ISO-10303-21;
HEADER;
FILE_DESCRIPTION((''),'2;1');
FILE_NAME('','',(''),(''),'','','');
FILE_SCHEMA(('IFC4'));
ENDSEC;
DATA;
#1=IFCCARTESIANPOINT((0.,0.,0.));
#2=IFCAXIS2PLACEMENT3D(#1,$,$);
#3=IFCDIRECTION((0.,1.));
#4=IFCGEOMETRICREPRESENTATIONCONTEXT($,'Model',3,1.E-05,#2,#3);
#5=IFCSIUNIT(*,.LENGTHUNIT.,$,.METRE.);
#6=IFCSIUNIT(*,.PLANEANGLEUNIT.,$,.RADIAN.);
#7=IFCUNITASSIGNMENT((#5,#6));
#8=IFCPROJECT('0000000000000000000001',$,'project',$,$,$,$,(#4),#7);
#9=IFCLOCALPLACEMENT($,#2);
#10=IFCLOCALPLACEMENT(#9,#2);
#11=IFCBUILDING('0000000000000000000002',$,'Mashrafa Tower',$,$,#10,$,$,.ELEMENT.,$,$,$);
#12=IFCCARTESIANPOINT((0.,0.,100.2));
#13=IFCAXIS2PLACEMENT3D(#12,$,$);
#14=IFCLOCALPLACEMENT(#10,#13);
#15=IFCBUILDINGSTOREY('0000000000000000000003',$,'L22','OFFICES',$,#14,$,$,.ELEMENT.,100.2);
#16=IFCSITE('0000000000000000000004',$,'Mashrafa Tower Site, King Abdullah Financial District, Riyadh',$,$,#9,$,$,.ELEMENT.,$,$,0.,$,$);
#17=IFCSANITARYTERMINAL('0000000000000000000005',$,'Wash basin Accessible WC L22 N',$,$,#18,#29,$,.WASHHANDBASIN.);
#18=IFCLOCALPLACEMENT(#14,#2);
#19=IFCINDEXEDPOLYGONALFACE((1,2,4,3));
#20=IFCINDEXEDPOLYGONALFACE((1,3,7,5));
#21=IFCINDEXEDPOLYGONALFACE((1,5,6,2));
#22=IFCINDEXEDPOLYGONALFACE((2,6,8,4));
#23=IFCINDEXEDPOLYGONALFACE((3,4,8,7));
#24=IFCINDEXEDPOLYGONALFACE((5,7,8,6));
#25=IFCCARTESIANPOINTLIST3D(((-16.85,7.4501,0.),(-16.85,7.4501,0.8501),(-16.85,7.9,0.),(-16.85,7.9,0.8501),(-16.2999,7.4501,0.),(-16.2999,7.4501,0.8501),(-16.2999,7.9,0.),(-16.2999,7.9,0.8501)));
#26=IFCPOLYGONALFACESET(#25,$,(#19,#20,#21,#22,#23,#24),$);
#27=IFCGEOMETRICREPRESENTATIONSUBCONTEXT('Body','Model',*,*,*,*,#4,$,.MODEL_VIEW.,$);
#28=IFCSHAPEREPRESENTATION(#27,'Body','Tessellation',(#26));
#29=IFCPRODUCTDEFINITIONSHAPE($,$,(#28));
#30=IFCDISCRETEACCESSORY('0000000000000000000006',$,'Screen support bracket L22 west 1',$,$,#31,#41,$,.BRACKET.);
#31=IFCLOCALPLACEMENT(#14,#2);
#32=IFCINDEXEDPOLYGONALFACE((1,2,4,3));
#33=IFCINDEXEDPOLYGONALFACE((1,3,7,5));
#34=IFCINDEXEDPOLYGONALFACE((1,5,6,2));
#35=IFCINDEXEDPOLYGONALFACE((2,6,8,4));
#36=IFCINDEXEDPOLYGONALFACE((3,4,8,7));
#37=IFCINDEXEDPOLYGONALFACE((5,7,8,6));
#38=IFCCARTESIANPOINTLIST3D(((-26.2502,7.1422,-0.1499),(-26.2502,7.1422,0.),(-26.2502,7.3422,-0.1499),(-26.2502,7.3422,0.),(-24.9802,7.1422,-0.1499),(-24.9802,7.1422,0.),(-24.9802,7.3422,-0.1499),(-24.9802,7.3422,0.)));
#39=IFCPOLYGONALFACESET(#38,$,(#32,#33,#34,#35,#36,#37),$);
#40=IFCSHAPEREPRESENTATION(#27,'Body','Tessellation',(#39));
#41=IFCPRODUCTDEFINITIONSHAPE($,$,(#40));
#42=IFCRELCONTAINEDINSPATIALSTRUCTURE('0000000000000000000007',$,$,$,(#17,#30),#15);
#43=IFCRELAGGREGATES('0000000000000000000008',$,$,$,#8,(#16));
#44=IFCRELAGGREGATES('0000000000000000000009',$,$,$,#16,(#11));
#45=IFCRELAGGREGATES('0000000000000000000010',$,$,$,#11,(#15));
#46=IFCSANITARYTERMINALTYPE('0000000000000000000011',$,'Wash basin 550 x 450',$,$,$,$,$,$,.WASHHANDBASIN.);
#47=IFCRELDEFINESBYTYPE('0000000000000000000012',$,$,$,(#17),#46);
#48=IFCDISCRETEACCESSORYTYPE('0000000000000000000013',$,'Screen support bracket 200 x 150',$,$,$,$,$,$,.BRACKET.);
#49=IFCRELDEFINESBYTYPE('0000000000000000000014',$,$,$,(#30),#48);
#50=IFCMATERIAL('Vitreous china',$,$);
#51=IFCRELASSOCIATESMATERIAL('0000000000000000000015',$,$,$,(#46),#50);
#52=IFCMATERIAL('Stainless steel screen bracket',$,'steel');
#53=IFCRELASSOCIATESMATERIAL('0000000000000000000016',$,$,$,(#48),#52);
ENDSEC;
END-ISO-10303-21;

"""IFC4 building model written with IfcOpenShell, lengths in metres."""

from ifc_helpers import new_model, si_unit, direction, frame, origin, origin_2d, place, context, subcontext, project, spatial, rectangle, extrude, source, transform, mapped, material, type_object, type_shapes, element, save


model = new_model("IFC4")

# Units and contexts
model_context = context("Model", 3, precision=1e-05, world=origin(), true_north=direction((0.0, 1.0)))
body_context = subcontext(model_context, "Body", "Model", "MODEL_VIEW")
ifc_project = project(units=[si_unit("LENGTHUNIT", "METRE"), si_unit("PLANEANGLEUNIT", "RADIAN")], contexts=[model_context])

# Site, building, storey
site_placement = place(None, origin())
site = spatial("IfcSite", under=ifc_project, at=site_placement, Name="Mashrafa Tower Site, King Abdullah Financial District, Riyadh", CompositionType="ELEMENT", RefElevation=0.0)
building_placement = place(site_placement, origin())
building = spatial("IfcBuilding", under=site, at=building_placement, Name="Mashrafa Tower", CompositionType="ELEMENT")
storey_placement = place(building_placement, frame((0.0, 0.0, 100.2)))
storey = spatial("IfcBuildingStorey", under=building, at=storey_placement, Name="L22", Description="OFFICES", CompositionType="ELEMENT", Elevation=100.2)

# Sanitary terminal
ifc_material_1 = material(Name="Vitreous china")
sanitary_terminal_type_1 = type_object("IfcSanitaryTerminalType", Name="Wash basin 550 x 450", PredefinedType="WASHHANDBASIN", material=ifc_material_1)
for number, where, z_axis, x_axis, name in (
    (1, (-16.575, 7.675, 0.0), (0.0, 0.0, 1.0), (1.0, 0.0, 0.0), "Wash basin Accessible WC L22 N"),
):
    element("IfcSanitaryTerminal", number, at=place(storey_placement, frame(where, z_axis=z_axis, x_axis=x_axis)), inside=storey, type_object=sanitary_terminal_type_1, Name=name, PredefinedType="WASHHANDBASIN", context=body_context, shape_type="SweptSolid", body=[
        extrude(rectangle(XDim=0.55, YDim=0.45, at=origin_2d()), origin(), (0.0, 0.0, 1.0), 0.8501),
    ])

# Discrete accessory
ifc_material_2 = material(Name="Stainless steel screen bracket", Category="steel")
discrete_accessory_type = type_object("IfcDiscreteAccessoryType", Name="Screen support bracket 200 x 150", PredefinedType="BRACKET", material=ifc_material_2)
shared_shape_1 = source(origin(), body_context, "Body", "SweptSolid", [
    extrude(rectangle(XDim=0.2, YDim=1.27, at=origin_2d()), origin(), (0.0, 0.0, 1.0), 0.1499),
])
type_shapes(discrete_accessory_type, [shared_shape_1])
discrete_accessory_placement = place(storey_placement, frame((-25.6152, 7.2422, -0.1499), z_axis=(0.0, 0.0, 1.0), x_axis=(0.0, -1.0, 0.0)))
element("IfcDiscreteAccessory", 2, at=discrete_accessory_placement, inside=storey, type_object=discrete_accessory_type, Name="Screen support bracket L22 west 1", PredefinedType="BRACKET", context=body_context, shape_type="MappedRepresentation", body=[
    mapped(shared_shape_1, transform((0.0, 0.0, 0.0))),
])

save(model, "model.ifc")
